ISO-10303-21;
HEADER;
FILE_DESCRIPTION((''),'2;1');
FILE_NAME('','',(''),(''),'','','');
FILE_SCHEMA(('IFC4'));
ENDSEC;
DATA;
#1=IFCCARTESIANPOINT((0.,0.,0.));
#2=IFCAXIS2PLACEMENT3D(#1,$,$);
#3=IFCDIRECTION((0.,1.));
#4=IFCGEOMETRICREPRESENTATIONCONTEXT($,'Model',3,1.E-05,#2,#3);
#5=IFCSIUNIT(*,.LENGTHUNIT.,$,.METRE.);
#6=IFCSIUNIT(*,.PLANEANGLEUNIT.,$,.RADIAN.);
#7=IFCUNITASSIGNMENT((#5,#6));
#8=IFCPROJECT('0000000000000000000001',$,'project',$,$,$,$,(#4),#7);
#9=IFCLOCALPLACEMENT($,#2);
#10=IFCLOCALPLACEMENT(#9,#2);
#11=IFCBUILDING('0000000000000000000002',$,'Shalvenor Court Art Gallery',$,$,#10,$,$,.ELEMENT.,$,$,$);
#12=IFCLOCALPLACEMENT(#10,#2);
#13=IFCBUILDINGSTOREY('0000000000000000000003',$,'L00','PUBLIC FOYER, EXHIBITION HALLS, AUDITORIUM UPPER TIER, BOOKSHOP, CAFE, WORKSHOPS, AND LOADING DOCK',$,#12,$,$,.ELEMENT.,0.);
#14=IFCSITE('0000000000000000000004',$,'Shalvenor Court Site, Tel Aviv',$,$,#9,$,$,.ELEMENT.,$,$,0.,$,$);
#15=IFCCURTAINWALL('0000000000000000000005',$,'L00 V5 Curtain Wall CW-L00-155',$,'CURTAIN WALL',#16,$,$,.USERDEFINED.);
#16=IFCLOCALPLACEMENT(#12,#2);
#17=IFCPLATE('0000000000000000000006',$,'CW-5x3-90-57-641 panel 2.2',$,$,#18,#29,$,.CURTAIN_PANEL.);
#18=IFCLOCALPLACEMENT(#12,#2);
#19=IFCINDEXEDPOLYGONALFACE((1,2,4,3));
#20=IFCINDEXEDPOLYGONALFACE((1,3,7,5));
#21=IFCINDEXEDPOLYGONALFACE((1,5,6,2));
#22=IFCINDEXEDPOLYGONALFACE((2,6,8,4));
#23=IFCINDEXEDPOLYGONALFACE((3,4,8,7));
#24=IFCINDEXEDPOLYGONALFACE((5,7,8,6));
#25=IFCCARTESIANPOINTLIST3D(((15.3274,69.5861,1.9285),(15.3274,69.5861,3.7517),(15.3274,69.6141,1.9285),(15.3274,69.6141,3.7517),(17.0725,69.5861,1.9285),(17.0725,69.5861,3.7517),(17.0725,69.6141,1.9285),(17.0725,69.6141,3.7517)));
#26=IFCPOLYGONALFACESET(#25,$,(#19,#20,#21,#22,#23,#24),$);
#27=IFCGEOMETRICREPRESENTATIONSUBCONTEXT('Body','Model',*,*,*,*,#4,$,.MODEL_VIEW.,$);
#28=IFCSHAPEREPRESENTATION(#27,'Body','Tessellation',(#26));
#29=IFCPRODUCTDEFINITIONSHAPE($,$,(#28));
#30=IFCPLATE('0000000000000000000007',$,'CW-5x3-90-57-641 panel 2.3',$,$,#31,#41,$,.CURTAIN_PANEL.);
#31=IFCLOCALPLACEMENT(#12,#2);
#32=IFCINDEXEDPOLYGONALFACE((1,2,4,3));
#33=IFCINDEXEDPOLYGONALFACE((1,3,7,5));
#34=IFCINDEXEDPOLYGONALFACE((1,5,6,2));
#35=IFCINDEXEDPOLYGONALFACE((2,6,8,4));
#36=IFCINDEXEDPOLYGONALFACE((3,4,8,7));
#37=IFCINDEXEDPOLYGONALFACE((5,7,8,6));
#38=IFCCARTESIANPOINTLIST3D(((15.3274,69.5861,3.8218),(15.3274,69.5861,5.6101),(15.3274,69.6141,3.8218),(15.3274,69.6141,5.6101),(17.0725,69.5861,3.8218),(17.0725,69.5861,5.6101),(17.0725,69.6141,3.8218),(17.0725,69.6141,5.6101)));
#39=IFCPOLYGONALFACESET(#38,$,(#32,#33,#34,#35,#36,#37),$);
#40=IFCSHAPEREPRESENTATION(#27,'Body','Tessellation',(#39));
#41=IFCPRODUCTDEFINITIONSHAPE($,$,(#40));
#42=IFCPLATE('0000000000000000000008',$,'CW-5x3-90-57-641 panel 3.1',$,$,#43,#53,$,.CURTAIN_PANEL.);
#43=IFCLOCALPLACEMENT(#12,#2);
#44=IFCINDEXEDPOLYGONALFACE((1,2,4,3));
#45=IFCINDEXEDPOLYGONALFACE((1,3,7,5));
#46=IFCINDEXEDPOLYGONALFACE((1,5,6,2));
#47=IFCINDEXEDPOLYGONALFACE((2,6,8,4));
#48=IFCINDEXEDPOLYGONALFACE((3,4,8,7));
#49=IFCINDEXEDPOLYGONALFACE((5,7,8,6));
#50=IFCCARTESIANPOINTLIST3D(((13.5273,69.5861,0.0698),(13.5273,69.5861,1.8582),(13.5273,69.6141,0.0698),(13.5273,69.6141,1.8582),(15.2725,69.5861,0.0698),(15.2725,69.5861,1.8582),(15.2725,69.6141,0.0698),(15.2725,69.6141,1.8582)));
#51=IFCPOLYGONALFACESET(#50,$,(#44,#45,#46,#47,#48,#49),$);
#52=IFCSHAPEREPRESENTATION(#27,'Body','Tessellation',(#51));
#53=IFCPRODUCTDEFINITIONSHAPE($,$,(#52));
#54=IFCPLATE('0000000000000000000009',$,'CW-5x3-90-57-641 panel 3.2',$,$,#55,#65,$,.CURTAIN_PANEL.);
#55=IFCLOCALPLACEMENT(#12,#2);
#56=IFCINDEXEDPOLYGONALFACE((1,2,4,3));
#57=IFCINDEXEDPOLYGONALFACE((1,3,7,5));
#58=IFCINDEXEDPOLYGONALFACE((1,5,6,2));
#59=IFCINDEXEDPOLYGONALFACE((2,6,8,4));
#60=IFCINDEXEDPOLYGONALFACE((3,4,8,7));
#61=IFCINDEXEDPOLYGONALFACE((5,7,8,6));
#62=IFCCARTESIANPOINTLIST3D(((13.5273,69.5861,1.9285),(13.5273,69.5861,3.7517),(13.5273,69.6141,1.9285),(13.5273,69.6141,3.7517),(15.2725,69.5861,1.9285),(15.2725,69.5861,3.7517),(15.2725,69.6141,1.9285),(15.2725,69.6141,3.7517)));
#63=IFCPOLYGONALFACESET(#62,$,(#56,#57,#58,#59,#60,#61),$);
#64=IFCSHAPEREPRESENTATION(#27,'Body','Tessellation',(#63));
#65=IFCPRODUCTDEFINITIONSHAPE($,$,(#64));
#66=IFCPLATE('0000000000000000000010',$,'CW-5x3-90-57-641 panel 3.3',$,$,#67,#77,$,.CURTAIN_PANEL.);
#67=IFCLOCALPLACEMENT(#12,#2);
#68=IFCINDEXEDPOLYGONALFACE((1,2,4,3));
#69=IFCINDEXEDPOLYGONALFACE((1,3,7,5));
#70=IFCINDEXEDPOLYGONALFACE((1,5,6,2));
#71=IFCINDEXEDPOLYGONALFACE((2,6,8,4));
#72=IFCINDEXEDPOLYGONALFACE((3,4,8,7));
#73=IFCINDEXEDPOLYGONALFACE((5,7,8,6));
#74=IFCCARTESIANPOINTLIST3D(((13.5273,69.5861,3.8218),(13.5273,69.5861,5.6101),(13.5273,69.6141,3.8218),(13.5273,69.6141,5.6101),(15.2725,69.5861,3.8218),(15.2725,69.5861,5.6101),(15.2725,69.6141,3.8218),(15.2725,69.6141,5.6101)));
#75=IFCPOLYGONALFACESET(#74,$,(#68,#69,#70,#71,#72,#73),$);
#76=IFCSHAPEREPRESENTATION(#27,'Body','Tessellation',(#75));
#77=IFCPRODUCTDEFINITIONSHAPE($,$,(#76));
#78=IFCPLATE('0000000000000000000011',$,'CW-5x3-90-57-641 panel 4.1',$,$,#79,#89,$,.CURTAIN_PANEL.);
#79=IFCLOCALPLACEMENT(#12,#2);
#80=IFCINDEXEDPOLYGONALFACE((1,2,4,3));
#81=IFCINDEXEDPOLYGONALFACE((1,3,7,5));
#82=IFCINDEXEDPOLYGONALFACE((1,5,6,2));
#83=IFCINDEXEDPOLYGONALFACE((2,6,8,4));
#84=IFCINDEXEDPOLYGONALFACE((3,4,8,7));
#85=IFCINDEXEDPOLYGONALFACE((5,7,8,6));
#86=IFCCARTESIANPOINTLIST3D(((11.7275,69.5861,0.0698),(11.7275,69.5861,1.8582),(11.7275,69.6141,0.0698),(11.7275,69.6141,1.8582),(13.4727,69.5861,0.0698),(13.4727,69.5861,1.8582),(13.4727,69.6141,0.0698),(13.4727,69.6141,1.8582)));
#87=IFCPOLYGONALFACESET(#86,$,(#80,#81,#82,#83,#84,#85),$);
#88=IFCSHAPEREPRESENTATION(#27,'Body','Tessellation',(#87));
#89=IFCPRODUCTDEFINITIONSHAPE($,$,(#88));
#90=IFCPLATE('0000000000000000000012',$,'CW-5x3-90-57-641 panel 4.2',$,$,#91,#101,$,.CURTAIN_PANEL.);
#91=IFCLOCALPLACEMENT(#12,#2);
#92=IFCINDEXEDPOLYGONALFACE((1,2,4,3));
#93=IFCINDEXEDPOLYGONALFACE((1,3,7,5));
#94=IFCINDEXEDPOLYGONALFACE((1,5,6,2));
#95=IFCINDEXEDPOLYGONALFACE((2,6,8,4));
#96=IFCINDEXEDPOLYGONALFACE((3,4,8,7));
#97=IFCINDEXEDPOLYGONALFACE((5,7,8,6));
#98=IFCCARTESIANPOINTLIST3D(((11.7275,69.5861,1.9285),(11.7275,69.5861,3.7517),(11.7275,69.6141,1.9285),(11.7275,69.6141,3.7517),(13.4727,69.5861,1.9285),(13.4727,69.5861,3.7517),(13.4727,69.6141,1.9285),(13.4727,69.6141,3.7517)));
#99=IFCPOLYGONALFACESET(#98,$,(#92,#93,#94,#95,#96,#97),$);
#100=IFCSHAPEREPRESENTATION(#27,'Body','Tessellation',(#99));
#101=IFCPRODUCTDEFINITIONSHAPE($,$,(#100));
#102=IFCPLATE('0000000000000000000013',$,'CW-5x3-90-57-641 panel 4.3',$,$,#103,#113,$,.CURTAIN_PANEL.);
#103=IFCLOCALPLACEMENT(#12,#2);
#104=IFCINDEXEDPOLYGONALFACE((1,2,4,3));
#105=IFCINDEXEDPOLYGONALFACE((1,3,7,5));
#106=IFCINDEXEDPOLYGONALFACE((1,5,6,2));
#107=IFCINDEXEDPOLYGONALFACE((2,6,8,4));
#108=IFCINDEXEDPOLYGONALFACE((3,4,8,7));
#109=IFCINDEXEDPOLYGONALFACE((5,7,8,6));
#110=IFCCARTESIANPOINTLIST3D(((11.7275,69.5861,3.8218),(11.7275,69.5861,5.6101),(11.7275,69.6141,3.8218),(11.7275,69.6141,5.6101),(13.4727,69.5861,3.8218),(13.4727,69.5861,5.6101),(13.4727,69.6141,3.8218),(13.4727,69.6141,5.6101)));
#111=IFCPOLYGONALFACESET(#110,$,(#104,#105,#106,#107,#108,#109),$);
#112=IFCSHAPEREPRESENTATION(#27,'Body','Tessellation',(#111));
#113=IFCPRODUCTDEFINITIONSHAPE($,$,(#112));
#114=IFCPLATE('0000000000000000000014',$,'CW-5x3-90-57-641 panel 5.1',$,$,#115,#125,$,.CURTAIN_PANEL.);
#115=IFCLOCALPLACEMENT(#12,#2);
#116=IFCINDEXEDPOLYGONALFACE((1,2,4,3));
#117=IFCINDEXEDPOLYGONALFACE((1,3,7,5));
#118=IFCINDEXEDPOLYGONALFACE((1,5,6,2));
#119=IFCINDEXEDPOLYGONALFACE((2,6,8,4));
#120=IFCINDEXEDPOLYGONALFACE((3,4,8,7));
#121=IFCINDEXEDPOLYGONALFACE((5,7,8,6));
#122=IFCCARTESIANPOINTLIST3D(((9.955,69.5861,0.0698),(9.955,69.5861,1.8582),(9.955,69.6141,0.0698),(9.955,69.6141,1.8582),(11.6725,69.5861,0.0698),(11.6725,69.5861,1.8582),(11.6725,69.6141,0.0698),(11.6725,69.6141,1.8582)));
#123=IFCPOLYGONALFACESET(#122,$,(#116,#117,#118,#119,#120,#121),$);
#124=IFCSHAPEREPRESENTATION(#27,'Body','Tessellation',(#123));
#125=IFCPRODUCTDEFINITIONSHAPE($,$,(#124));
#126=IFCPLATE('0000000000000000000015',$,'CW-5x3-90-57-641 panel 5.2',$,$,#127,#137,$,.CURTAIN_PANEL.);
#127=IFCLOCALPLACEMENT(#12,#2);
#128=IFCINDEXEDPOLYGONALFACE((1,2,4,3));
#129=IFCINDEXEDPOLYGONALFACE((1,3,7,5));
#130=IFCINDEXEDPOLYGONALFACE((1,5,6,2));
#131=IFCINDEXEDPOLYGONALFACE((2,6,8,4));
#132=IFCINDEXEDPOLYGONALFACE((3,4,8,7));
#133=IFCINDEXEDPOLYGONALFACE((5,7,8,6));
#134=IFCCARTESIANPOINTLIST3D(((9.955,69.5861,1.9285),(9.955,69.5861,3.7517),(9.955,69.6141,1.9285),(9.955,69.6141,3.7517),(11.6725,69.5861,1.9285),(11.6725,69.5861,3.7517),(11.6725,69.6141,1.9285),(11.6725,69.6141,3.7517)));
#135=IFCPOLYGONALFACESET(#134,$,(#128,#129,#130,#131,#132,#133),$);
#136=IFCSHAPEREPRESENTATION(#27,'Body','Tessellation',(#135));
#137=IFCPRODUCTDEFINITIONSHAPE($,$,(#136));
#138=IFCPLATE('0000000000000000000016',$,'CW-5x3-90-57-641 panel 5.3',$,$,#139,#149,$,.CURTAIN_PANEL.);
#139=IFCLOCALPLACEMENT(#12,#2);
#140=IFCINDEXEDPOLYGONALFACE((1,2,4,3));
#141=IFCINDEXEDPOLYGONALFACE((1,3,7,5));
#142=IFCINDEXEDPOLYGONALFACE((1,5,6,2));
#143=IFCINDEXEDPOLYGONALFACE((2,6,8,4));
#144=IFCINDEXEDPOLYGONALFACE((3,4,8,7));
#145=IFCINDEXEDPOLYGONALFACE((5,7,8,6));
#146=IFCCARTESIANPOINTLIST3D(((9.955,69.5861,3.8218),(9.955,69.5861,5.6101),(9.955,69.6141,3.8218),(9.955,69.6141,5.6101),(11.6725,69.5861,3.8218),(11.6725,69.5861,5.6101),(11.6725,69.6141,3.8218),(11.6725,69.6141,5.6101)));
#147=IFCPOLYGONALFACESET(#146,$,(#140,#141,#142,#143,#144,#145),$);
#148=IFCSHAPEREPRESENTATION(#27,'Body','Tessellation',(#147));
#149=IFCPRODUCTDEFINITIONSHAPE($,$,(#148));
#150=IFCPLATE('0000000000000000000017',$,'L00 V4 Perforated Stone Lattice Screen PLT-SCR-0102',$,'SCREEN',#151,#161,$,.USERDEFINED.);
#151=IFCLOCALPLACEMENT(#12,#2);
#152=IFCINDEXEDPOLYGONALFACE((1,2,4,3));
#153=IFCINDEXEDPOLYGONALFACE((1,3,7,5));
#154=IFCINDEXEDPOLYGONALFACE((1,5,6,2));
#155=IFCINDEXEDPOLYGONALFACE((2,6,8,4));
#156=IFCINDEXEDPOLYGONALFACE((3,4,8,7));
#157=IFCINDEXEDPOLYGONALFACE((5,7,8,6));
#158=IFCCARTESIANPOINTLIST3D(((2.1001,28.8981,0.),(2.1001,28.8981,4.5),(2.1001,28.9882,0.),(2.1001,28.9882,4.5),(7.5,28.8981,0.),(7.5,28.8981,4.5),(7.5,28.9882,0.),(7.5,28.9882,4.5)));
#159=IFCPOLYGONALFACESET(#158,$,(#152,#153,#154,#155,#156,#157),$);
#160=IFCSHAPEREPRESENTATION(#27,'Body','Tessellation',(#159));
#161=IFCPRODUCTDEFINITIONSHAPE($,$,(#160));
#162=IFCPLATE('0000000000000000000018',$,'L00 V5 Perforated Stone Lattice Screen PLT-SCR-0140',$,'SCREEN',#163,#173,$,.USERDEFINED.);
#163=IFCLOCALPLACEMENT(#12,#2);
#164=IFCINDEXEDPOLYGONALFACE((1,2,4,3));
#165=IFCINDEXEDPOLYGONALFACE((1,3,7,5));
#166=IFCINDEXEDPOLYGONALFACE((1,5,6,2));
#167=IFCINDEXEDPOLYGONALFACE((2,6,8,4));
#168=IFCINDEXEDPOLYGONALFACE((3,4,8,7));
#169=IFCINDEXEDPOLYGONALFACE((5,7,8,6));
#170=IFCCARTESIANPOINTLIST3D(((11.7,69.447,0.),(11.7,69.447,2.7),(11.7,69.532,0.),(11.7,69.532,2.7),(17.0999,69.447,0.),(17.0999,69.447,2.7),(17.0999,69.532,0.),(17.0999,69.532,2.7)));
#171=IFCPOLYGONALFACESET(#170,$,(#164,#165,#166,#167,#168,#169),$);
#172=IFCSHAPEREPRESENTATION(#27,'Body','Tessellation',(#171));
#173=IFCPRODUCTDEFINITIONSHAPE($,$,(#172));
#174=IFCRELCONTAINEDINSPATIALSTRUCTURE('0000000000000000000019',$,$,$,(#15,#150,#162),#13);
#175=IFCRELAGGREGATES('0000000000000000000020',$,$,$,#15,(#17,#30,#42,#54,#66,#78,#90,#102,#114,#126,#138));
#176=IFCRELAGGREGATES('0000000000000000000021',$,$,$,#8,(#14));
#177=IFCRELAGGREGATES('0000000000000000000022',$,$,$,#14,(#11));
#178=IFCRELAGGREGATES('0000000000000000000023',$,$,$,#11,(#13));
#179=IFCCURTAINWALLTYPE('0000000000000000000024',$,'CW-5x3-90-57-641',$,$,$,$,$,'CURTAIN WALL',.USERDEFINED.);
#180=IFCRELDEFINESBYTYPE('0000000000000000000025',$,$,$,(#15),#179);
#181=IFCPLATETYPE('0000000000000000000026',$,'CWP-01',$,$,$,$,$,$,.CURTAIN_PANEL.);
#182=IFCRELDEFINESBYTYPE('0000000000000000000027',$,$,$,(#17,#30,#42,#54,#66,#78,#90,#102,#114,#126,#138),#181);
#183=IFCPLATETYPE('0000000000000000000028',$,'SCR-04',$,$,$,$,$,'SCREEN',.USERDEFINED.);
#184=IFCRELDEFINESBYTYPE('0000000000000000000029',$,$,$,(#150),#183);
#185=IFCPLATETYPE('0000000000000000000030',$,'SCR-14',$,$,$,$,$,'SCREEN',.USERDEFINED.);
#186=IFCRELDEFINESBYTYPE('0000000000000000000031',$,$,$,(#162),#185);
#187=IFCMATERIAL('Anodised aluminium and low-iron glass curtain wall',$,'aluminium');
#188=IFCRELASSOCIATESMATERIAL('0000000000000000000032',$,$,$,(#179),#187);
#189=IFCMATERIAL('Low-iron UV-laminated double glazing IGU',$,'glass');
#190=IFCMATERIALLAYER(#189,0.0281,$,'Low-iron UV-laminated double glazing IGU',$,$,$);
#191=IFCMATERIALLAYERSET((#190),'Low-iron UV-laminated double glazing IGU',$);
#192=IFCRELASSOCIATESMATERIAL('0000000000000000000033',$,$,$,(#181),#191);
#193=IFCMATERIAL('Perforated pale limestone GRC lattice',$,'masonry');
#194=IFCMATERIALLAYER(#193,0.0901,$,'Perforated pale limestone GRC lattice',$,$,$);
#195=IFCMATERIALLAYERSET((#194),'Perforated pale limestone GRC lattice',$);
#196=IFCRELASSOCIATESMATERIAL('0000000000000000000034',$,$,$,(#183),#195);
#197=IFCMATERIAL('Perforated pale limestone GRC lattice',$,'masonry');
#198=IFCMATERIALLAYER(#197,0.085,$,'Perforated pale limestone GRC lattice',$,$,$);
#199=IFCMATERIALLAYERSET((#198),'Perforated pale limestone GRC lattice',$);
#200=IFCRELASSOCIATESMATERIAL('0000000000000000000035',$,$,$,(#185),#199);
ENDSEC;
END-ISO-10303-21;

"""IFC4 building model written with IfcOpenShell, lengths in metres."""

from ifc_helpers import new_model, si_unit, direction, frame, origin, origin_2d, place, context, subcontext, project, spatial, rectangle, extrude, material, layer, layer_set, type_object, element, aggregate, save


model = new_model("IFC4")

# Units and contexts
model_context = context("Model", 3, precision=1e-05, world=origin(), true_north=direction((0.0, 1.0)))
body_context = subcontext(model_context, "Body", "Model", "MODEL_VIEW")
ifc_project = project(units=[si_unit("LENGTHUNIT", "METRE"), si_unit("PLANEANGLEUNIT", "RADIAN")], contexts=[model_context])

# Site, building, storey
site_placement = place(None, origin())
site = spatial("IfcSite", under=ifc_project, at=site_placement, Name="Shalvenor Court Site, Tel Aviv", CompositionType="ELEMENT", RefElevation=0.0)
building_placement = place(site_placement, origin())
building = spatial("IfcBuilding", under=site, at=building_placement, Name="Shalvenor Court Art Gallery", CompositionType="ELEMENT")
storey_placement = place(building_placement, origin())
storey = spatial("IfcBuildingStorey", under=building, at=storey_placement, Name="L00", Description="PUBLIC FOYER, EXHIBITION HALLS, AUDITORIUM UPPER TIER, BOOKSHOP, CAFE, WORKSHOPS, AND LOADING DOCK", CompositionType="ELEMENT", Elevation=0.0)

# Curtain wall
ifc_material_1 = material(Name="Anodised aluminium and low-iron glass curtain wall", Category="aluminium")
curtain_wall_type_1 = type_object("IfcCurtainWallType", Name="CW-5x3-90-57-641", ElementType="CURTAIN WALL", PredefinedType="USERDEFINED", material=ifc_material_1)
curtain_wall_1_placement = place(storey_placement, origin())
curtain_wall_1 = element("IfcCurtainWall", 1, at=curtain_wall_1_placement, inside=storey, type_object=curtain_wall_type_1, Name="L00 V5 Curtain Wall CW-L00-155", ObjectType="CURTAIN WALL", PredefinedType="USERDEFINED")

# Plates
ifc_material_2 = material(Name="Low-iron UV-laminated double glazing IGU", Category="glass")
ifc_layer_1 = layer(ifc_material_2, 0.0281, Name="Low-iron UV-laminated double glazing IGU")
ifc_layer_set_1 = layer_set([ifc_layer_1], Name="Low-iron UV-laminated double glazing IGU")
plate_type_1 = type_object("IfcPlateType", Name="CWP-01", PredefinedType="CURTAIN_PANEL", material=ifc_layer_set_1)
plate_1_placement = place(storey_placement, frame((16.2, 69.6001, 1.9285), z_axis=(0.0, 0.0, 1.0), x_axis=(-1.0, 0.0, 0.0)))
plate_1 = element("IfcPlate", 2, at=plate_1_placement, type_object=plate_type_1, Name="CW-5x3-90-57-641 panel 2.2", PredefinedType="CURTAIN_PANEL", context=body_context, shape_type="SweptSolid", body=[
    extrude(rectangle(XDim=1.7451, YDim=0.0281, at=origin_2d()), origin(), (0.0, 0.0, 1.0), 1.8232),
])
plate_2_placement = place(storey_placement, frame((16.2, 69.6001, 3.8218), z_axis=(0.0, 0.0, 1.0), x_axis=(-1.0, 0.0, 0.0)))
plate_2 = element("IfcPlate", 3, at=plate_2_placement, type_object=plate_type_1, Name="CW-5x3-90-57-641 panel 2.3", PredefinedType="CURTAIN_PANEL", context=body_context, shape_type="SweptSolid", body=[
    extrude(rectangle(XDim=1.7451, YDim=0.0281, at=origin_2d()), origin(), (0.0, 0.0, 1.0), 1.7883),
])
plate_3_placement = place(storey_placement, frame((14.3999, 69.6001, 0.0698), z_axis=(0.0, 0.0, 1.0), x_axis=(-1.0, 0.0, 0.0)))
plate_3 = element("IfcPlate", 4, at=plate_3_placement, type_object=plate_type_1, Name="CW-5x3-90-57-641 panel 3.1", PredefinedType="CURTAIN_PANEL", context=body_context, shape_type="SweptSolid", body=[
    extrude(rectangle(XDim=1.7451, YDim=0.0281, at=origin_2d()), origin(), (0.0, 0.0, 1.0), 1.7883),
])
plate_4_placement = place(storey_placement, frame((14.3999, 69.6001, 1.9285), z_axis=(0.0, 0.0, 1.0), x_axis=(-1.0, 0.0, 0.0)))
plate_4 = element("IfcPlate", 5, at=plate_4_placement, type_object=plate_type_1, Name="CW-5x3-90-57-641 panel 3.2", PredefinedType="CURTAIN_PANEL", context=body_context, shape_type="SweptSolid", body=[
    extrude(rectangle(XDim=1.7451, YDim=0.0281, at=origin_2d()), origin(), (0.0, 0.0, 1.0), 1.8232),
])
plate_5_placement = place(storey_placement, frame((14.3999, 69.6001, 3.8218), z_axis=(0.0, 0.0, 1.0), x_axis=(-1.0, 0.0, 0.0)))
plate_5 = element("IfcPlate", 6, at=plate_5_placement, type_object=plate_type_1, Name="CW-5x3-90-57-641 panel 3.3", PredefinedType="CURTAIN_PANEL", context=body_context, shape_type="SweptSolid", body=[
    extrude(rectangle(XDim=1.7451, YDim=0.0281, at=origin_2d()), origin(), (0.0, 0.0, 1.0), 1.7883),
])
plate_6_placement = place(storey_placement, frame((12.6001, 69.6001, 0.0698), z_axis=(0.0, 0.0, 1.0), x_axis=(-1.0, 0.0, 0.0)))
plate_6 = element("IfcPlate", 7, at=plate_6_placement, type_object=plate_type_1, Name="CW-5x3-90-57-641 panel 4.1", PredefinedType="CURTAIN_PANEL", context=body_context, shape_type="SweptSolid", body=[
    extrude(rectangle(XDim=1.7451, YDim=0.0281, at=origin_2d()), origin(), (0.0, 0.0, 1.0), 1.7883),
])
plate_7_placement = place(storey_placement, frame((12.6001, 69.6001, 1.9285), z_axis=(0.0, 0.0, 1.0), x_axis=(-1.0, 0.0, 0.0)))
plate_7 = element("IfcPlate", 8, at=plate_7_placement, type_object=plate_type_1, Name="CW-5x3-90-57-641 panel 4.2", PredefinedType="CURTAIN_PANEL", context=body_context, shape_type="SweptSolid", body=[
    extrude(rectangle(XDim=1.7451, YDim=0.0281, at=origin_2d()), origin(), (0.0, 0.0, 1.0), 1.8232),
])
plate_8_placement = place(storey_placement, frame((12.6001, 69.6001, 3.8218), z_axis=(0.0, 0.0, 1.0), x_axis=(-1.0, 0.0, 0.0)))
plate_8 = element("IfcPlate", 9, at=plate_8_placement, type_object=plate_type_1, Name="CW-5x3-90-57-641 panel 4.3", PredefinedType="CURTAIN_PANEL", context=body_context, shape_type="SweptSolid", body=[
    extrude(rectangle(XDim=1.7451, YDim=0.0281, at=origin_2d()), origin(), (0.0, 0.0, 1.0), 1.7883),
])
plate_9_placement = place(storey_placement, frame((10.8137, 69.6001, 0.0698), z_axis=(0.0, 0.0, 1.0), x_axis=(-1.0, 0.0, 0.0)))
plate_9 = element("IfcPlate", 10, at=plate_9_placement, type_object=plate_type_1, Name="CW-5x3-90-57-641 panel 5.1", PredefinedType="CURTAIN_PANEL", context=body_context, shape_type="SweptSolid", body=[
    extrude(rectangle(XDim=1.7175, YDim=0.0281, at=origin_2d()), origin(), (0.0, 0.0, 1.0), 1.7883),
])
plate_10_placement = place(storey_placement, frame((10.8137, 69.6001, 1.9285), z_axis=(0.0, 0.0, 1.0), x_axis=(-1.0, 0.0, 0.0)))
plate_10 = element("IfcPlate", 11, at=plate_10_placement, type_object=plate_type_1, Name="CW-5x3-90-57-641 panel 5.2", PredefinedType="CURTAIN_PANEL", context=body_context, shape_type="SweptSolid", body=[
    extrude(rectangle(XDim=1.7175, YDim=0.0281, at=origin_2d()), origin(), (0.0, 0.0, 1.0), 1.8232),
])
plate_11_placement = place(storey_placement, frame((10.8137, 69.6001, 3.8218), z_axis=(0.0, 0.0, 1.0), x_axis=(-1.0, 0.0, 0.0)))
plate_11 = element("IfcPlate", 12, at=plate_11_placement, type_object=plate_type_1, Name="CW-5x3-90-57-641 panel 5.3", PredefinedType="CURTAIN_PANEL", context=body_context, shape_type="SweptSolid", body=[
    extrude(rectangle(XDim=1.7175, YDim=0.0281, at=origin_2d()), origin(), (0.0, 0.0, 1.0), 1.7883),
])
aggregate(curtain_wall_1, [plate_1, plate_2, plate_3, plate_4, plate_5, plate_6, plate_7, plate_8, plate_9, plate_10, plate_11])

# Plates
ifc_material_3 = material(Name="Perforated pale limestone GRC lattice", Category="masonry")
ifc_layer_2 = layer(ifc_material_3, 0.0901, Name="Perforated pale limestone GRC lattice")
ifc_layer_set_2 = layer_set([ifc_layer_2], Name="Perforated pale limestone GRC lattice")
plate_type_2 = type_object("IfcPlateType", Name="SCR-04", ElementType="SCREEN", PredefinedType="USERDEFINED", material=ifc_layer_set_2)
plate_12_placement = place(storey_placement, frame((4.8, 28.9431, 0.0), z_axis=(0.0, 0.0, 1.0), x_axis=(1.0, 0.0, 0.0)))
element("IfcPlate", 13, at=plate_12_placement, inside=storey, type_object=plate_type_2, Name="L00 V4 Perforated Stone Lattice Screen PLT-SCR-0102", ObjectType="SCREEN", PredefinedType="USERDEFINED", context=body_context, shape_type="SweptSolid", body=[
    extrude(rectangle(XDim=5.3999, YDim=0.0901, at=origin_2d()), origin(), (0.0, 0.0, 1.0), 4.5),
])
ifc_material_4 = material(Name="Perforated pale limestone GRC lattice", Category="masonry")
ifc_layer_3 = layer(ifc_material_4, 0.085, Name="Perforated pale limestone GRC lattice")
ifc_layer_set_3 = layer_set([ifc_layer_3], Name="Perforated pale limestone GRC lattice")
plate_type_3 = type_object("IfcPlateType", Name="SCR-14", ElementType="SCREEN", PredefinedType="USERDEFINED", material=ifc_layer_set_3)
plate_13_placement = place(storey_placement, frame((14.3999, 69.4895, 0.0), z_axis=(0.0, 0.0, 1.0), x_axis=(-1.0, 0.0, 0.0)))
element("IfcPlate", 14, at=plate_13_placement, inside=storey, type_object=plate_type_3, Name="L00 V5 Perforated Stone Lattice Screen PLT-SCR-0140", ObjectType="SCREEN", PredefinedType="USERDEFINED", context=body_context, shape_type="SweptSolid", body=[
    extrude(rectangle(XDim=5.3999, YDim=0.085, at=origin_2d()), origin(), (0.0, 0.0, 1.0), 2.7),
])

save(model, "model.ifc")
